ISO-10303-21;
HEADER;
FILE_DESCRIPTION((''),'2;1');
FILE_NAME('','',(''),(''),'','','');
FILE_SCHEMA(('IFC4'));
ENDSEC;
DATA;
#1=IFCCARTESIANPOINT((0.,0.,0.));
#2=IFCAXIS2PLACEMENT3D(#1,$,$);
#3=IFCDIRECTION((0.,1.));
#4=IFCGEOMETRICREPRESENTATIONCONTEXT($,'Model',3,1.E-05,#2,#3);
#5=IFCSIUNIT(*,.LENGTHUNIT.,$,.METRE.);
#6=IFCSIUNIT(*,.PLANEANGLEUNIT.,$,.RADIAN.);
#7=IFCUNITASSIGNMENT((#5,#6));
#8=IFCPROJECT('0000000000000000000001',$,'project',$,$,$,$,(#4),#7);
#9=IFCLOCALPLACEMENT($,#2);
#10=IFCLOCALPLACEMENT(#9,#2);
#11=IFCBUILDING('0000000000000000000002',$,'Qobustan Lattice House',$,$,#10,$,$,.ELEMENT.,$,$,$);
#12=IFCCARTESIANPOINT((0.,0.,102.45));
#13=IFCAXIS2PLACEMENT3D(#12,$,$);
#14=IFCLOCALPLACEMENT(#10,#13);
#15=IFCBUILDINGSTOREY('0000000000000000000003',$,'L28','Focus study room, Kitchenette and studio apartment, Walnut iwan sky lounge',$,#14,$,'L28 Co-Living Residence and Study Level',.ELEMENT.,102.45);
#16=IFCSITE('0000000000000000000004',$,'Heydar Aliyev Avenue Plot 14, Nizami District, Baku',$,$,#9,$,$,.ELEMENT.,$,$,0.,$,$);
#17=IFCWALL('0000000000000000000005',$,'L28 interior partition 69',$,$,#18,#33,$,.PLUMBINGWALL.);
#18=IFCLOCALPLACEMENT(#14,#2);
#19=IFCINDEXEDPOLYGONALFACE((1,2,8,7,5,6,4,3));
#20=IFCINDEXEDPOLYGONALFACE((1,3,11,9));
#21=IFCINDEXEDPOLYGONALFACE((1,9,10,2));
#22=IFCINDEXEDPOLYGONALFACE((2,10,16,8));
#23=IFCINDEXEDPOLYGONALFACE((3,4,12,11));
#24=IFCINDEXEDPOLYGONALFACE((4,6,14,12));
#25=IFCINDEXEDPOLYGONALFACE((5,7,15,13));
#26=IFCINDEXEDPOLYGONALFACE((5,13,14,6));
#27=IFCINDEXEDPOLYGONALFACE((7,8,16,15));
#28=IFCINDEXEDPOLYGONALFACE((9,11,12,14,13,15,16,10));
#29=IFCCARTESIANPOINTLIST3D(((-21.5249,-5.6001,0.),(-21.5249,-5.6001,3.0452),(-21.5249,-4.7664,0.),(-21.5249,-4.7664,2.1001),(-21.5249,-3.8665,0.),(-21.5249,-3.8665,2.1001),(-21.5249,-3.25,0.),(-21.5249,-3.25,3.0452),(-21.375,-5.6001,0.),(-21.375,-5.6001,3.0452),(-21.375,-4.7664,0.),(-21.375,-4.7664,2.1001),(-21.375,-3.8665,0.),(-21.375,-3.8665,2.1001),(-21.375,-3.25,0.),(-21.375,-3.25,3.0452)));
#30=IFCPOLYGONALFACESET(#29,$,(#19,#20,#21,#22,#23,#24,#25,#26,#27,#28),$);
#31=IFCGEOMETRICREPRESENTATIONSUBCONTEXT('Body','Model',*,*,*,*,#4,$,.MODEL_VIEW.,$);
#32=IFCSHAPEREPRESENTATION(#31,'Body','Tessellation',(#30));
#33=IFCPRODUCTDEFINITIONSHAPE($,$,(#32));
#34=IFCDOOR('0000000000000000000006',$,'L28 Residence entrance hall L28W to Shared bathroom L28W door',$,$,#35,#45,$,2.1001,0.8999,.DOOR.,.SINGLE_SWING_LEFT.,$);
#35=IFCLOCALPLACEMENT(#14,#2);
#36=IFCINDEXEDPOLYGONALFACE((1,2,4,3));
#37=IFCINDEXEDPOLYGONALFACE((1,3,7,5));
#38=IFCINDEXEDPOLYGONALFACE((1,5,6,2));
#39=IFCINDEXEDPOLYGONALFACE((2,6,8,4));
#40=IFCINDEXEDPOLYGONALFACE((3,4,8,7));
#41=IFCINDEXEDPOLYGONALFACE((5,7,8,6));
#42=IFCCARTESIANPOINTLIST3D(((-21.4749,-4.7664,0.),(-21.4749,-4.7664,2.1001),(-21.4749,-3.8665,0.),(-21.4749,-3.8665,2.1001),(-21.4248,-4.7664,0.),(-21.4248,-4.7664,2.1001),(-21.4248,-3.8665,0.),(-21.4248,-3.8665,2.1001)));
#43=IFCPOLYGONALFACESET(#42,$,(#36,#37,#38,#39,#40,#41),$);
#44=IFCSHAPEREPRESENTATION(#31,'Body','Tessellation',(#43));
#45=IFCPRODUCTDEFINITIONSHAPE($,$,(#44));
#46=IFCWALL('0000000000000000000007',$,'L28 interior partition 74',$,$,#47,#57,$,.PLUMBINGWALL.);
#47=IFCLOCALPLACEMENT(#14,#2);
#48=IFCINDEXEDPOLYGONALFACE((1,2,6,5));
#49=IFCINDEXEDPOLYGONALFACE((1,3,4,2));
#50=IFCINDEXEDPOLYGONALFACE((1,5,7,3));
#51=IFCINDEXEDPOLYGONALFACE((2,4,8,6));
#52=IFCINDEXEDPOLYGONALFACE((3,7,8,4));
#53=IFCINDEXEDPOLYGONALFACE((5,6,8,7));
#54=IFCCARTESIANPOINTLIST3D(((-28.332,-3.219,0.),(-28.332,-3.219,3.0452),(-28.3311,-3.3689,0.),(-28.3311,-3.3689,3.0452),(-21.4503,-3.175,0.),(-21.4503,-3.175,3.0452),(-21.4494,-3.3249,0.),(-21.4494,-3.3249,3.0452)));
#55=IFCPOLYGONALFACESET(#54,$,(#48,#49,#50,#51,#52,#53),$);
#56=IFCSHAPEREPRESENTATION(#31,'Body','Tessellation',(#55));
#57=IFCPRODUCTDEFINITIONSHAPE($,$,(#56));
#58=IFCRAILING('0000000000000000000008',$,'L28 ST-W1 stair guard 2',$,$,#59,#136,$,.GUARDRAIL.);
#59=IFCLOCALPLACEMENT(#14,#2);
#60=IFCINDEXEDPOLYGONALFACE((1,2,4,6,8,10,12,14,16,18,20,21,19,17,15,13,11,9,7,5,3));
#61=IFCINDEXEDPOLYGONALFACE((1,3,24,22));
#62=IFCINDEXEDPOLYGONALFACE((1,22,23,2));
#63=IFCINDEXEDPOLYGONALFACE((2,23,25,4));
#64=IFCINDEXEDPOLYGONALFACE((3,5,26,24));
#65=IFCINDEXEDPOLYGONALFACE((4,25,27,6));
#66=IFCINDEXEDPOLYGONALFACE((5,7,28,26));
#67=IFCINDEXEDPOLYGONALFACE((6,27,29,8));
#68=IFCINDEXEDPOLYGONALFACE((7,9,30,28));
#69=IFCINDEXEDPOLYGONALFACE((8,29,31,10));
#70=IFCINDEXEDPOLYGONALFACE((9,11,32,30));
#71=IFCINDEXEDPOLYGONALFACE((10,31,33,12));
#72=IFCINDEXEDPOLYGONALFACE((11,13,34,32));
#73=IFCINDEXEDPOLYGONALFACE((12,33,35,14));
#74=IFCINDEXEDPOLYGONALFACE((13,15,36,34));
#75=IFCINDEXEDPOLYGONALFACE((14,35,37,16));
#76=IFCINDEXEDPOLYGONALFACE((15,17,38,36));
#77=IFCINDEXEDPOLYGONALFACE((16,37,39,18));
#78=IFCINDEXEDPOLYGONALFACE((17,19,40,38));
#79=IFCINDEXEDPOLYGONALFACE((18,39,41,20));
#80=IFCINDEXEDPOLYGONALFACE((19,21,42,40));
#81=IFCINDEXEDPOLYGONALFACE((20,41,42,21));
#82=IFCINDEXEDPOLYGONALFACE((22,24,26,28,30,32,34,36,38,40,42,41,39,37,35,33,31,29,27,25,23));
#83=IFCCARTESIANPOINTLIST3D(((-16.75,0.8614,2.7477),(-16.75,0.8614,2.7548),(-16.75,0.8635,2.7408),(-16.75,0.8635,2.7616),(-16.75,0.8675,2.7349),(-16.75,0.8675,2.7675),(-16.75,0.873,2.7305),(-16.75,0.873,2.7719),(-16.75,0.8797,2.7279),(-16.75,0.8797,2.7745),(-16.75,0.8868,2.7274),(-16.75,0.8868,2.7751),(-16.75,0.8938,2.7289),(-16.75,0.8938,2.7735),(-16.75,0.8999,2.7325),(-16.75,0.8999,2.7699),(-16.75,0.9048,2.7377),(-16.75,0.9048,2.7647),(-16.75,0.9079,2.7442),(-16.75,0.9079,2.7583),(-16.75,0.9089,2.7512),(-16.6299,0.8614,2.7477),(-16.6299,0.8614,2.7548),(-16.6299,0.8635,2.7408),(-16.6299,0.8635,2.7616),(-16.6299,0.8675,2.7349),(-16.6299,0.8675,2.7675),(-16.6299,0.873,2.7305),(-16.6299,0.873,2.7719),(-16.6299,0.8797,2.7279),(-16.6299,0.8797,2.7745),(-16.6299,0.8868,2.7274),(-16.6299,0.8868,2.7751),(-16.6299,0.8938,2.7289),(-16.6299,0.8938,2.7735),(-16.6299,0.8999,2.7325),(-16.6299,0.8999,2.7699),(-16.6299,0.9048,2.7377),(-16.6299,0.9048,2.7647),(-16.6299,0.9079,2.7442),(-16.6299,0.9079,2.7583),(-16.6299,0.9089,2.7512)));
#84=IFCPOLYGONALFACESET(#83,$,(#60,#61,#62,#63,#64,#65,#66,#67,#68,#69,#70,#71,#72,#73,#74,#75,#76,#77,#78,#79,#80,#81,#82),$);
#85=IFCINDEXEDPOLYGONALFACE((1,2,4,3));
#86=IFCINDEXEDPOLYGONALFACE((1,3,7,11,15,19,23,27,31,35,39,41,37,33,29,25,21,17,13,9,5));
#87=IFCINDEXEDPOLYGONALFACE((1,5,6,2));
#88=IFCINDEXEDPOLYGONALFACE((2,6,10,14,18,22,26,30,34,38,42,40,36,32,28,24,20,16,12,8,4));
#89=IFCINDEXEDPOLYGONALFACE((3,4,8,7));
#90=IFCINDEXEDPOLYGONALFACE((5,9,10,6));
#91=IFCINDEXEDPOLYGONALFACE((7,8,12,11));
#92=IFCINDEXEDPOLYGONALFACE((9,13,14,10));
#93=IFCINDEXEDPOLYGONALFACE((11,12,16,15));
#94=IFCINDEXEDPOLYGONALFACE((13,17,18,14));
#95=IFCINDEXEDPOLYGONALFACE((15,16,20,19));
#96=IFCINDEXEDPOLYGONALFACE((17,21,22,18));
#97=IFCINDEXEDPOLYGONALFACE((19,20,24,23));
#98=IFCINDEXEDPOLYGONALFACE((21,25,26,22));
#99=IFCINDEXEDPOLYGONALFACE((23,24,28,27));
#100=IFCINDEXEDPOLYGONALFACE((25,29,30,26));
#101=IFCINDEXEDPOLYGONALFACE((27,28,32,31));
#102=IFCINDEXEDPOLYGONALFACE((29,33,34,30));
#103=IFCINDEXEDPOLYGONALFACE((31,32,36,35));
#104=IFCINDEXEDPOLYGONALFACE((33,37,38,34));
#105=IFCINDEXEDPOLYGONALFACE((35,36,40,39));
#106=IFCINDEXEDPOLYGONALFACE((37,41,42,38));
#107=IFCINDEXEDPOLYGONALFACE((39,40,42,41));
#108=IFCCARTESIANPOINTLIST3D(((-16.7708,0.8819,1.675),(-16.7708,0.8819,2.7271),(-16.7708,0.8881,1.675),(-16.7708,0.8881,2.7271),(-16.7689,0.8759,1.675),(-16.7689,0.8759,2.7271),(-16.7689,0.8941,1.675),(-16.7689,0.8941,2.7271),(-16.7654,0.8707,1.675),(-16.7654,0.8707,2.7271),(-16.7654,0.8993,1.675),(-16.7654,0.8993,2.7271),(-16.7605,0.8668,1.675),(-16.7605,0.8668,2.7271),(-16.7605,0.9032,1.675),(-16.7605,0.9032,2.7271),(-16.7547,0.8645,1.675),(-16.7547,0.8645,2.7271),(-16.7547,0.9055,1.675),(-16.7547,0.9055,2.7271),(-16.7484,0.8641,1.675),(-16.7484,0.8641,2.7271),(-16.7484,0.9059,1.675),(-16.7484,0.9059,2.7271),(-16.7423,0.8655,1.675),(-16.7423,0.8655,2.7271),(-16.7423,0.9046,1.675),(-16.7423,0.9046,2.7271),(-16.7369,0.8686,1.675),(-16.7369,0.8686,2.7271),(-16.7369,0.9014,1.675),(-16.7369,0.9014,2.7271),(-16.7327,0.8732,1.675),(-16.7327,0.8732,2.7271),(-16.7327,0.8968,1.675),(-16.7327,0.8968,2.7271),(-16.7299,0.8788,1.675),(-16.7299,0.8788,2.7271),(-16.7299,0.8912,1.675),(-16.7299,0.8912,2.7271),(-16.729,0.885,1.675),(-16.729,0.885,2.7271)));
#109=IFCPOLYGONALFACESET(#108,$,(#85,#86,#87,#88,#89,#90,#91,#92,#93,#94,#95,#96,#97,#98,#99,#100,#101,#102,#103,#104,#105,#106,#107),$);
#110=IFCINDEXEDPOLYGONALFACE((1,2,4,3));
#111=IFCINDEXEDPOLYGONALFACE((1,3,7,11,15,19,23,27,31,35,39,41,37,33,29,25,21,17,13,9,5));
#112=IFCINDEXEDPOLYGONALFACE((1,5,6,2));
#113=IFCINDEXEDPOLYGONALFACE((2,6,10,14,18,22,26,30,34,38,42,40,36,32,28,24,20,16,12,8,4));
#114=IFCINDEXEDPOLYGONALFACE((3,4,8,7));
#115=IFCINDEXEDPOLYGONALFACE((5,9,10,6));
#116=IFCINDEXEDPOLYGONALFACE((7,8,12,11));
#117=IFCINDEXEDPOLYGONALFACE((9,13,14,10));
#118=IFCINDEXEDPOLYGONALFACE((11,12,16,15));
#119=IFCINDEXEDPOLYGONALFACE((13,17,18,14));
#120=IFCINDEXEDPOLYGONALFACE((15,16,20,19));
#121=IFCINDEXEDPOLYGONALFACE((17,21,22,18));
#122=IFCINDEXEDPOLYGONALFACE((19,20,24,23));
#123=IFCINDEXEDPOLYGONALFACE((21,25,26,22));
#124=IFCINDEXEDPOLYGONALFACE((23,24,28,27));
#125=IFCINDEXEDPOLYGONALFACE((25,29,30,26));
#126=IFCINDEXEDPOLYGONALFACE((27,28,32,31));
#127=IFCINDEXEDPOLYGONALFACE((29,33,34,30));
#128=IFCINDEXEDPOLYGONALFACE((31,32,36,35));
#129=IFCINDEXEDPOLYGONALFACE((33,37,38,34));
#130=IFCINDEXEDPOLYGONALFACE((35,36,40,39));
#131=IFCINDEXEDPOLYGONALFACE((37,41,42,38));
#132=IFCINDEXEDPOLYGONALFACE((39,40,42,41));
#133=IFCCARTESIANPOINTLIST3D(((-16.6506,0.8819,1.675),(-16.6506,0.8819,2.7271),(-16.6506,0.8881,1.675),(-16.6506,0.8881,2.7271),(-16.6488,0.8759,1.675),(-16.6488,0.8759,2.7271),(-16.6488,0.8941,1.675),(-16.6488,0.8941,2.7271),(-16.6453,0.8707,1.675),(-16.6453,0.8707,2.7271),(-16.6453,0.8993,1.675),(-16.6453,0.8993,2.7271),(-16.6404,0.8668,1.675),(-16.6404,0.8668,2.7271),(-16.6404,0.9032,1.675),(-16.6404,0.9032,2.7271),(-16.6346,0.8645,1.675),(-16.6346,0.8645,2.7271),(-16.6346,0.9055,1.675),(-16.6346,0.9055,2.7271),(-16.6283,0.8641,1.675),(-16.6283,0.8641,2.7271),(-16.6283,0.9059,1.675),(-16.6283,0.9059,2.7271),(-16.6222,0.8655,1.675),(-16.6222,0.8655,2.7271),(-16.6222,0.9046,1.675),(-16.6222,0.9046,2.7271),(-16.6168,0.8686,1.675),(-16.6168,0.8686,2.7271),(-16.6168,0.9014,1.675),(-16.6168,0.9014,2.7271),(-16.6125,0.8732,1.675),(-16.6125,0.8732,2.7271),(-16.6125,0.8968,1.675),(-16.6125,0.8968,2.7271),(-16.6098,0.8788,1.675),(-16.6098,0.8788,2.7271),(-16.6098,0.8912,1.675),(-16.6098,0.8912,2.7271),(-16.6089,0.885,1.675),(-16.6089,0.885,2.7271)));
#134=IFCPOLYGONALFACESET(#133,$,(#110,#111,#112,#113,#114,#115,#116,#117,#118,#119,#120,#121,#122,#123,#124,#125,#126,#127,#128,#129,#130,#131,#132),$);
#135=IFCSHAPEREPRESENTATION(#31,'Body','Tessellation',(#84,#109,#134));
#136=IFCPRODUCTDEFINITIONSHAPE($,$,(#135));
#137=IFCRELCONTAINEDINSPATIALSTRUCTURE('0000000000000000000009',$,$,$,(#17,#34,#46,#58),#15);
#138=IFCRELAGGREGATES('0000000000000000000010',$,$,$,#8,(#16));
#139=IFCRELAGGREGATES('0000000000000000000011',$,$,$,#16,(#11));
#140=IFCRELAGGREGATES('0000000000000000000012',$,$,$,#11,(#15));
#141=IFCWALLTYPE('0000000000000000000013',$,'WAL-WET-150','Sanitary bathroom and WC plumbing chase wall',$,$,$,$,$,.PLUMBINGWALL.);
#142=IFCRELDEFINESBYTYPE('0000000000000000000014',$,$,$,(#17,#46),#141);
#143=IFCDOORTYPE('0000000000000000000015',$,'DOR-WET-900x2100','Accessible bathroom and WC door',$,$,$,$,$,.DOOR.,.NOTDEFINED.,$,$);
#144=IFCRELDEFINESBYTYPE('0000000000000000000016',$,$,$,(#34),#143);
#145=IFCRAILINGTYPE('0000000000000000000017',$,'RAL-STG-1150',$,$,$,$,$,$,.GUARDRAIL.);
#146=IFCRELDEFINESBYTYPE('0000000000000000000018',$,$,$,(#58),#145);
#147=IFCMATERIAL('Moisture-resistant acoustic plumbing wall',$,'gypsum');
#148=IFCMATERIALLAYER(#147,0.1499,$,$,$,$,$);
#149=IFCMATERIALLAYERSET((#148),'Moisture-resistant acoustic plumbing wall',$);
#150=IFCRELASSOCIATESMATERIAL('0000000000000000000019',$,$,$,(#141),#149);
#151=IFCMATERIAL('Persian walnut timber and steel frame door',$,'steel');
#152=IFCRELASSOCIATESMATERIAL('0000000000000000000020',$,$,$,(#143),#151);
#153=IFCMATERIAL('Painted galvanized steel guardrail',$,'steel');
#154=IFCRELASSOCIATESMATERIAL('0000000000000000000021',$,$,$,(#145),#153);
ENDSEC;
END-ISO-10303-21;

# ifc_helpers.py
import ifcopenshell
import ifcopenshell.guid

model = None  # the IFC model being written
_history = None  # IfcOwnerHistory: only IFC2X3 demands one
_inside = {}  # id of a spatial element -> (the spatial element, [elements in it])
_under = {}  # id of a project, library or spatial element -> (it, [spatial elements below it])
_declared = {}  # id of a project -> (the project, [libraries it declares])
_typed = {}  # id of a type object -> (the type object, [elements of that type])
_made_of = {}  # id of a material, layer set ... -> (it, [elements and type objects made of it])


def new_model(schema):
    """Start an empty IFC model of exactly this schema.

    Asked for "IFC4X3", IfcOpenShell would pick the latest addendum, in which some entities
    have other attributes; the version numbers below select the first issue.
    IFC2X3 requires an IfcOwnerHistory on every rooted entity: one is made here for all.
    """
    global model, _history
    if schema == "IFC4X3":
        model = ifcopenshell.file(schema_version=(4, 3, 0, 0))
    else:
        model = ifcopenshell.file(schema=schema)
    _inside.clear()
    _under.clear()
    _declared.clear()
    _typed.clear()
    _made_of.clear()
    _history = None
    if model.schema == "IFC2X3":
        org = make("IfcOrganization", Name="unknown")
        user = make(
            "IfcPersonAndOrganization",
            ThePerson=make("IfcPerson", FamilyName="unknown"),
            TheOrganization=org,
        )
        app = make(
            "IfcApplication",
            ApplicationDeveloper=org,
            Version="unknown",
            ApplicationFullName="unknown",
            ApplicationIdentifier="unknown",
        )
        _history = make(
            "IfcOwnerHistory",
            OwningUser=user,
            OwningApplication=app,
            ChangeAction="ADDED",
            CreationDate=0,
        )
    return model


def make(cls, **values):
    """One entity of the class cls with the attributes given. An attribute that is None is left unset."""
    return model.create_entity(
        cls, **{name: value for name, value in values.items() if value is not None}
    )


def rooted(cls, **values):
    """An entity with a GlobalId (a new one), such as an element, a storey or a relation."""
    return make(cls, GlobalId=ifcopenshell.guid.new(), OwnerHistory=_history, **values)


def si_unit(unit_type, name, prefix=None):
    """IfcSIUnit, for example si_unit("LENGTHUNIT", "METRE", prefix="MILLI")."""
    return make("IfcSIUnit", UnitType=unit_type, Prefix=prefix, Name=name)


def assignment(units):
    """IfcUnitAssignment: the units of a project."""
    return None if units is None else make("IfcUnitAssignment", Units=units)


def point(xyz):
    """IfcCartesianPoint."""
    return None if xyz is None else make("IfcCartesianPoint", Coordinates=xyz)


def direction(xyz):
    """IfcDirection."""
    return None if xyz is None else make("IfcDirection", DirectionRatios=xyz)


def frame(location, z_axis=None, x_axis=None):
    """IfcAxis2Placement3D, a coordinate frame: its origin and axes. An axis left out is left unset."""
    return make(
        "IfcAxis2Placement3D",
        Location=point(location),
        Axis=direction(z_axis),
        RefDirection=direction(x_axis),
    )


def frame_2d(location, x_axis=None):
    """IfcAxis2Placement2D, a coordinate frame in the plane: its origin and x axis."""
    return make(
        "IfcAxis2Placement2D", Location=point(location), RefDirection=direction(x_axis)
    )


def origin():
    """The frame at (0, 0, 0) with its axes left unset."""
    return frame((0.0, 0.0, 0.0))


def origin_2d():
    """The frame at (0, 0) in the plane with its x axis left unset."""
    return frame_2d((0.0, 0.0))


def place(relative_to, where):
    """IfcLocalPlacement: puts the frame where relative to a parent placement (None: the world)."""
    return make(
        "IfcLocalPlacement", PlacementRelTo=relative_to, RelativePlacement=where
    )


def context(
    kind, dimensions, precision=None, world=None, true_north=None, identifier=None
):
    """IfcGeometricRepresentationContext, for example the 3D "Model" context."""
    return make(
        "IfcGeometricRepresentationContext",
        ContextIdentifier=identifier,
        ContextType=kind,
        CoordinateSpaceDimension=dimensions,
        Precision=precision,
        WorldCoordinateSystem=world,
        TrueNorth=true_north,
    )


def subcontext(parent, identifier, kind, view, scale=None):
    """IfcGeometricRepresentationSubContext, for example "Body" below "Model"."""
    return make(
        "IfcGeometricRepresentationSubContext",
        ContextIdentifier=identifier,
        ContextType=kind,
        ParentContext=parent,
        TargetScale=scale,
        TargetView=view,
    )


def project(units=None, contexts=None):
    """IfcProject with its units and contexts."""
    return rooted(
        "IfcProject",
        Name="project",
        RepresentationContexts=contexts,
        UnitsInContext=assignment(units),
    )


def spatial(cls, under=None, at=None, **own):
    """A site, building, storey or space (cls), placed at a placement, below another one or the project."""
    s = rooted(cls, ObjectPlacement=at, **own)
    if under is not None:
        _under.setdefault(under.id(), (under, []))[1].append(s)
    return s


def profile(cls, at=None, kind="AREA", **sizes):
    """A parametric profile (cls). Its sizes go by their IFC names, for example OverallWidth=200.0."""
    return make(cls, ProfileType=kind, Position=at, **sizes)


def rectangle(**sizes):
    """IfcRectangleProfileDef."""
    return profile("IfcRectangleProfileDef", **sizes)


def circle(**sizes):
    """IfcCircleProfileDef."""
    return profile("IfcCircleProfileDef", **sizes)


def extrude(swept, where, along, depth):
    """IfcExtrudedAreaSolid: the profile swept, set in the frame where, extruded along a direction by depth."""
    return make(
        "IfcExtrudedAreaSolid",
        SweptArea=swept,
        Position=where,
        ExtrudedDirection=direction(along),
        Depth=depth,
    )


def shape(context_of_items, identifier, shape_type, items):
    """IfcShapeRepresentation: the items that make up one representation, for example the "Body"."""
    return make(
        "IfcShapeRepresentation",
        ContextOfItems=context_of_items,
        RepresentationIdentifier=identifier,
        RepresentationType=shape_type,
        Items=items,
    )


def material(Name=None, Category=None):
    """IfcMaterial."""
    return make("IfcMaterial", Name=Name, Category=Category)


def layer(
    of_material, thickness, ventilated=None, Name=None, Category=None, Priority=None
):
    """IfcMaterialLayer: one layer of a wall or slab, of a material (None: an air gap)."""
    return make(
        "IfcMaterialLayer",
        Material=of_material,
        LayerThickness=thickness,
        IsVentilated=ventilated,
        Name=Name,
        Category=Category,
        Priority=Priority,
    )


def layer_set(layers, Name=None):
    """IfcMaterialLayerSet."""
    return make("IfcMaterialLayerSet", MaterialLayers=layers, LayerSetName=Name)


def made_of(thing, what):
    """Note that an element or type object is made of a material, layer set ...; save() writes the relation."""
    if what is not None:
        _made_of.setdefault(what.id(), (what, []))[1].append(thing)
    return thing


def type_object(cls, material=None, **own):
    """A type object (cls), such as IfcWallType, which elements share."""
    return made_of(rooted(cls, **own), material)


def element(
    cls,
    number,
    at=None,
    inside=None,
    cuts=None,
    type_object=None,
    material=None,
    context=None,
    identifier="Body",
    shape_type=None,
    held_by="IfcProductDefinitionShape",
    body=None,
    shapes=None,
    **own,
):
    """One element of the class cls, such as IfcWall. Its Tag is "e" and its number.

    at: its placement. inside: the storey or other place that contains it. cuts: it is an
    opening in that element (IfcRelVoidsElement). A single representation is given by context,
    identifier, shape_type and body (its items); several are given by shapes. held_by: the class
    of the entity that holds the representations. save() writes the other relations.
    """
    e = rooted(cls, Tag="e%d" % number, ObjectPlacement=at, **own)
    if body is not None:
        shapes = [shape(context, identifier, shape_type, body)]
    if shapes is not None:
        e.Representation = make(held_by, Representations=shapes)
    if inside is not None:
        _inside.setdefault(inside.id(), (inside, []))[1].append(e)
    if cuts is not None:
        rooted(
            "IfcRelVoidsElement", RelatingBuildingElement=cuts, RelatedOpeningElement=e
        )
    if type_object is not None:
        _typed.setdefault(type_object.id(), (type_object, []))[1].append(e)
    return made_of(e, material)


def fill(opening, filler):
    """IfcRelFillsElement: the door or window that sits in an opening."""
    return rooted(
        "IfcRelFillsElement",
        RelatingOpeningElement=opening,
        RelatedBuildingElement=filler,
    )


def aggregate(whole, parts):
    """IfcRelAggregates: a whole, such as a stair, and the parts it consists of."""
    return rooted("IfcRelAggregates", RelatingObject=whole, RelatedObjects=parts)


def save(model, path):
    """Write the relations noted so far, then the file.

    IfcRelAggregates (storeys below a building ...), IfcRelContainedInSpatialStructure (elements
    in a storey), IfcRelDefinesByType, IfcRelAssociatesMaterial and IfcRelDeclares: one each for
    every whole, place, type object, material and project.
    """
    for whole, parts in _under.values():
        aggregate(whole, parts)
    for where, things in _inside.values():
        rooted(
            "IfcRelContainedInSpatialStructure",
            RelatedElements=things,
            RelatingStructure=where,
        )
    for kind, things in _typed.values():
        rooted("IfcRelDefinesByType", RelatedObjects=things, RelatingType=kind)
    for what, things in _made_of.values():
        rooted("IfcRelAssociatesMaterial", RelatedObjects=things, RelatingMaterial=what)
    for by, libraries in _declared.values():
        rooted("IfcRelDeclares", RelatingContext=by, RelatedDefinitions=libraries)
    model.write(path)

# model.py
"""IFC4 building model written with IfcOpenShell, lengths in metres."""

from ifc_helpers import new_model, si_unit, direction, frame, frame_2d, origin, origin_2d, place, context, subcontext, project, spatial, rectangle, circle, extrude, material, layer, layer_set, type_object, element, fill, save


model = new_model("IFC4")

# Units and contexts
model_context = context("Model", 3, precision=1e-05, world=origin(), true_north=direction((0.0, 1.0)))
body_context = subcontext(model_context, "Body", "Model", "MODEL_VIEW")
ifc_project = project(units=[si_unit("LENGTHUNIT", "METRE"), si_unit("PLANEANGLEUNIT", "RADIAN")], contexts=[model_context])

# Site, building, storey
site_placement = place(None, origin())
site = spatial("IfcSite", under=ifc_project, at=site_placement, Name="Heydar Aliyev Avenue Plot 14, Nizami District, Baku", CompositionType="ELEMENT", RefElevation=0.0)
building_placement = place(site_placement, origin())
building = spatial("IfcBuilding", under=site, at=building_placement, Name="Qobustan Lattice House", CompositionType="ELEMENT")
storey_placement = place(building_placement, frame((0.0, 0.0, 102.45)))
storey = spatial("IfcBuildingStorey", under=building, at=storey_placement, Name="L28", Description="Focus study room, Kitchenette and studio apartment, Walnut iwan sky lounge", LongName="L28 Co-Living Residence and Study Level", CompositionType="ELEMENT", Elevation=102.45)

# Shared definitions
ifc_material_1 = material(Name="Moisture-resistant acoustic plumbing wall", Category="gypsum")
ifc_layer_1 = layer(ifc_material_1, 0.1499)
ifc_layer_set_1 = layer_set([ifc_layer_1], Name="Moisture-resistant acoustic plumbing wall")
wall_type_1 = type_object("IfcWallType", Name="WAL-WET-150", Description="Sanitary bathroom and WC plumbing chase wall", PredefinedType="PLUMBINGWALL", material=ifc_layer_set_1)

# Wall, opening, door
wall_1_placement = place(storey_placement, frame((-21.45, -5.6001, 0.0), z_axis=(0.0, 0.0, 1.0), x_axis=(0.0, 1.0, 0.0)))
wall_1 = element("IfcWall", 1, at=wall_1_placement, inside=storey, type_object=wall_type_1, Name="L28 interior partition 69", PredefinedType="PLUMBINGWALL", context=body_context, shape_type="SweptSolid", body=[
    extrude(rectangle(XDim=2.3501, YDim=0.1499, at=frame_2d((1.175, 0.0))), origin(), (0.0, 0.0, 1.0), 3.0452),
])
opening_1_placement = place(wall_1_placement, frame((0.8337, 0.0, 0.0)))
opening_1 = element("IfcOpeningElement", 2, at=opening_1_placement, cuts=wall_1, PredefinedType="OPENING", context=body_context, shape_type="SweptSolid", body=[
    extrude(rectangle(XDim=0.8999, YDim=2.1001, at=frame_2d((0.45, 1.05))), frame((0.0, 0.085, 0.0), z_axis=(0.0, -1.0, 0.0), x_axis=(1.0, 0.0, 0.0)), (0.0, 0.0, 1.0), 0.1699),
])
ifc_material_2 = material(Name="Persian walnut timber and steel frame door", Category="steel")
door_type_1 = type_object("IfcDoorType", Name="DOR-WET-900x2100", Description="Accessible bathroom and WC door", OperationType="NOTDEFINED", PredefinedType="DOOR", material=ifc_material_2)
door_1_placement = place(opening_1_placement, origin())
door_1 = element("IfcDoor", 3, at=door_1_placement, inside=storey, type_object=door_type_1, Name="L28 Residence entrance hall L28W to Shared bathroom L28W door", OperationType="SINGLE_SWING_LEFT", OverallHeight=2.1001, OverallWidth=0.8999, PredefinedType="DOOR", context=body_context, shape_type="SweptSolid", body=[
    extrude(rectangle(XDim=0.8999, YDim=2.1001, at=frame_2d((0.45, 1.05))), frame((0.0, 0.0249, 0.0), z_axis=(0.0, -1.0, 0.0), x_axis=(1.0, 0.0, 0.0)), (0.0, 0.0, 1.0), 0.05),
])
fill(opening_1, door_1)

# Wall
wall_2_placement = place(storey_placement, frame((-28.3315, -3.2939, 0.0), z_axis=(0.0, 0.0, 1.0), x_axis=(0.99998, 0.006386, 0.0)))
element("IfcWall", 4, at=wall_2_placement, inside=storey, type_object=wall_type_1, Name="L28 interior partition 74", PredefinedType="PLUMBINGWALL", context=body_context, shape_type="SweptSolid", body=[
    extrude(rectangle(XDim=6.8818, YDim=0.1499, at=frame_2d((3.4409, 0.0))), origin(), (0.0, 0.0, 1.0), 3.0452),
])

# Railing
ifc_material_3 = material(Name="Painted galvanized steel guardrail", Category="steel")
railing_type = type_object("IfcRailingType", Name="RAL-STG-1150", PredefinedType="GUARDRAIL", material=ifc_material_3)
railing_placement = place(storey_placement, frame((-16.75, 0.885, 1.675)))
element("IfcRailing", 5, at=railing_placement, inside=storey, type_object=railing_type, Name="L28 ST-W1 stair guard 2", PredefinedType="GUARDRAIL", context=body_context, shape_type="SweptSolid", body=[
    extrude(circle(Radius=0.0239, at=origin_2d()), frame((0.0, 0.0, 1.0762), z_axis=(1.0, 0.0, 0.0), x_axis=(0.0, 1.0, 0.0)), (0.0, 0.0, 1.0), 0.1201),
    extrude(circle(Radius=0.021, at=origin_2d()), origin(), (0.0, 0.0, 1.0), 1.052),
    extrude(circle(Radius=0.021, at=origin_2d()), frame((0.1201, 0.0, 0.0)), (0.0, 0.0, 1.0), 1.052),
])

save(model, "model.ifc")
